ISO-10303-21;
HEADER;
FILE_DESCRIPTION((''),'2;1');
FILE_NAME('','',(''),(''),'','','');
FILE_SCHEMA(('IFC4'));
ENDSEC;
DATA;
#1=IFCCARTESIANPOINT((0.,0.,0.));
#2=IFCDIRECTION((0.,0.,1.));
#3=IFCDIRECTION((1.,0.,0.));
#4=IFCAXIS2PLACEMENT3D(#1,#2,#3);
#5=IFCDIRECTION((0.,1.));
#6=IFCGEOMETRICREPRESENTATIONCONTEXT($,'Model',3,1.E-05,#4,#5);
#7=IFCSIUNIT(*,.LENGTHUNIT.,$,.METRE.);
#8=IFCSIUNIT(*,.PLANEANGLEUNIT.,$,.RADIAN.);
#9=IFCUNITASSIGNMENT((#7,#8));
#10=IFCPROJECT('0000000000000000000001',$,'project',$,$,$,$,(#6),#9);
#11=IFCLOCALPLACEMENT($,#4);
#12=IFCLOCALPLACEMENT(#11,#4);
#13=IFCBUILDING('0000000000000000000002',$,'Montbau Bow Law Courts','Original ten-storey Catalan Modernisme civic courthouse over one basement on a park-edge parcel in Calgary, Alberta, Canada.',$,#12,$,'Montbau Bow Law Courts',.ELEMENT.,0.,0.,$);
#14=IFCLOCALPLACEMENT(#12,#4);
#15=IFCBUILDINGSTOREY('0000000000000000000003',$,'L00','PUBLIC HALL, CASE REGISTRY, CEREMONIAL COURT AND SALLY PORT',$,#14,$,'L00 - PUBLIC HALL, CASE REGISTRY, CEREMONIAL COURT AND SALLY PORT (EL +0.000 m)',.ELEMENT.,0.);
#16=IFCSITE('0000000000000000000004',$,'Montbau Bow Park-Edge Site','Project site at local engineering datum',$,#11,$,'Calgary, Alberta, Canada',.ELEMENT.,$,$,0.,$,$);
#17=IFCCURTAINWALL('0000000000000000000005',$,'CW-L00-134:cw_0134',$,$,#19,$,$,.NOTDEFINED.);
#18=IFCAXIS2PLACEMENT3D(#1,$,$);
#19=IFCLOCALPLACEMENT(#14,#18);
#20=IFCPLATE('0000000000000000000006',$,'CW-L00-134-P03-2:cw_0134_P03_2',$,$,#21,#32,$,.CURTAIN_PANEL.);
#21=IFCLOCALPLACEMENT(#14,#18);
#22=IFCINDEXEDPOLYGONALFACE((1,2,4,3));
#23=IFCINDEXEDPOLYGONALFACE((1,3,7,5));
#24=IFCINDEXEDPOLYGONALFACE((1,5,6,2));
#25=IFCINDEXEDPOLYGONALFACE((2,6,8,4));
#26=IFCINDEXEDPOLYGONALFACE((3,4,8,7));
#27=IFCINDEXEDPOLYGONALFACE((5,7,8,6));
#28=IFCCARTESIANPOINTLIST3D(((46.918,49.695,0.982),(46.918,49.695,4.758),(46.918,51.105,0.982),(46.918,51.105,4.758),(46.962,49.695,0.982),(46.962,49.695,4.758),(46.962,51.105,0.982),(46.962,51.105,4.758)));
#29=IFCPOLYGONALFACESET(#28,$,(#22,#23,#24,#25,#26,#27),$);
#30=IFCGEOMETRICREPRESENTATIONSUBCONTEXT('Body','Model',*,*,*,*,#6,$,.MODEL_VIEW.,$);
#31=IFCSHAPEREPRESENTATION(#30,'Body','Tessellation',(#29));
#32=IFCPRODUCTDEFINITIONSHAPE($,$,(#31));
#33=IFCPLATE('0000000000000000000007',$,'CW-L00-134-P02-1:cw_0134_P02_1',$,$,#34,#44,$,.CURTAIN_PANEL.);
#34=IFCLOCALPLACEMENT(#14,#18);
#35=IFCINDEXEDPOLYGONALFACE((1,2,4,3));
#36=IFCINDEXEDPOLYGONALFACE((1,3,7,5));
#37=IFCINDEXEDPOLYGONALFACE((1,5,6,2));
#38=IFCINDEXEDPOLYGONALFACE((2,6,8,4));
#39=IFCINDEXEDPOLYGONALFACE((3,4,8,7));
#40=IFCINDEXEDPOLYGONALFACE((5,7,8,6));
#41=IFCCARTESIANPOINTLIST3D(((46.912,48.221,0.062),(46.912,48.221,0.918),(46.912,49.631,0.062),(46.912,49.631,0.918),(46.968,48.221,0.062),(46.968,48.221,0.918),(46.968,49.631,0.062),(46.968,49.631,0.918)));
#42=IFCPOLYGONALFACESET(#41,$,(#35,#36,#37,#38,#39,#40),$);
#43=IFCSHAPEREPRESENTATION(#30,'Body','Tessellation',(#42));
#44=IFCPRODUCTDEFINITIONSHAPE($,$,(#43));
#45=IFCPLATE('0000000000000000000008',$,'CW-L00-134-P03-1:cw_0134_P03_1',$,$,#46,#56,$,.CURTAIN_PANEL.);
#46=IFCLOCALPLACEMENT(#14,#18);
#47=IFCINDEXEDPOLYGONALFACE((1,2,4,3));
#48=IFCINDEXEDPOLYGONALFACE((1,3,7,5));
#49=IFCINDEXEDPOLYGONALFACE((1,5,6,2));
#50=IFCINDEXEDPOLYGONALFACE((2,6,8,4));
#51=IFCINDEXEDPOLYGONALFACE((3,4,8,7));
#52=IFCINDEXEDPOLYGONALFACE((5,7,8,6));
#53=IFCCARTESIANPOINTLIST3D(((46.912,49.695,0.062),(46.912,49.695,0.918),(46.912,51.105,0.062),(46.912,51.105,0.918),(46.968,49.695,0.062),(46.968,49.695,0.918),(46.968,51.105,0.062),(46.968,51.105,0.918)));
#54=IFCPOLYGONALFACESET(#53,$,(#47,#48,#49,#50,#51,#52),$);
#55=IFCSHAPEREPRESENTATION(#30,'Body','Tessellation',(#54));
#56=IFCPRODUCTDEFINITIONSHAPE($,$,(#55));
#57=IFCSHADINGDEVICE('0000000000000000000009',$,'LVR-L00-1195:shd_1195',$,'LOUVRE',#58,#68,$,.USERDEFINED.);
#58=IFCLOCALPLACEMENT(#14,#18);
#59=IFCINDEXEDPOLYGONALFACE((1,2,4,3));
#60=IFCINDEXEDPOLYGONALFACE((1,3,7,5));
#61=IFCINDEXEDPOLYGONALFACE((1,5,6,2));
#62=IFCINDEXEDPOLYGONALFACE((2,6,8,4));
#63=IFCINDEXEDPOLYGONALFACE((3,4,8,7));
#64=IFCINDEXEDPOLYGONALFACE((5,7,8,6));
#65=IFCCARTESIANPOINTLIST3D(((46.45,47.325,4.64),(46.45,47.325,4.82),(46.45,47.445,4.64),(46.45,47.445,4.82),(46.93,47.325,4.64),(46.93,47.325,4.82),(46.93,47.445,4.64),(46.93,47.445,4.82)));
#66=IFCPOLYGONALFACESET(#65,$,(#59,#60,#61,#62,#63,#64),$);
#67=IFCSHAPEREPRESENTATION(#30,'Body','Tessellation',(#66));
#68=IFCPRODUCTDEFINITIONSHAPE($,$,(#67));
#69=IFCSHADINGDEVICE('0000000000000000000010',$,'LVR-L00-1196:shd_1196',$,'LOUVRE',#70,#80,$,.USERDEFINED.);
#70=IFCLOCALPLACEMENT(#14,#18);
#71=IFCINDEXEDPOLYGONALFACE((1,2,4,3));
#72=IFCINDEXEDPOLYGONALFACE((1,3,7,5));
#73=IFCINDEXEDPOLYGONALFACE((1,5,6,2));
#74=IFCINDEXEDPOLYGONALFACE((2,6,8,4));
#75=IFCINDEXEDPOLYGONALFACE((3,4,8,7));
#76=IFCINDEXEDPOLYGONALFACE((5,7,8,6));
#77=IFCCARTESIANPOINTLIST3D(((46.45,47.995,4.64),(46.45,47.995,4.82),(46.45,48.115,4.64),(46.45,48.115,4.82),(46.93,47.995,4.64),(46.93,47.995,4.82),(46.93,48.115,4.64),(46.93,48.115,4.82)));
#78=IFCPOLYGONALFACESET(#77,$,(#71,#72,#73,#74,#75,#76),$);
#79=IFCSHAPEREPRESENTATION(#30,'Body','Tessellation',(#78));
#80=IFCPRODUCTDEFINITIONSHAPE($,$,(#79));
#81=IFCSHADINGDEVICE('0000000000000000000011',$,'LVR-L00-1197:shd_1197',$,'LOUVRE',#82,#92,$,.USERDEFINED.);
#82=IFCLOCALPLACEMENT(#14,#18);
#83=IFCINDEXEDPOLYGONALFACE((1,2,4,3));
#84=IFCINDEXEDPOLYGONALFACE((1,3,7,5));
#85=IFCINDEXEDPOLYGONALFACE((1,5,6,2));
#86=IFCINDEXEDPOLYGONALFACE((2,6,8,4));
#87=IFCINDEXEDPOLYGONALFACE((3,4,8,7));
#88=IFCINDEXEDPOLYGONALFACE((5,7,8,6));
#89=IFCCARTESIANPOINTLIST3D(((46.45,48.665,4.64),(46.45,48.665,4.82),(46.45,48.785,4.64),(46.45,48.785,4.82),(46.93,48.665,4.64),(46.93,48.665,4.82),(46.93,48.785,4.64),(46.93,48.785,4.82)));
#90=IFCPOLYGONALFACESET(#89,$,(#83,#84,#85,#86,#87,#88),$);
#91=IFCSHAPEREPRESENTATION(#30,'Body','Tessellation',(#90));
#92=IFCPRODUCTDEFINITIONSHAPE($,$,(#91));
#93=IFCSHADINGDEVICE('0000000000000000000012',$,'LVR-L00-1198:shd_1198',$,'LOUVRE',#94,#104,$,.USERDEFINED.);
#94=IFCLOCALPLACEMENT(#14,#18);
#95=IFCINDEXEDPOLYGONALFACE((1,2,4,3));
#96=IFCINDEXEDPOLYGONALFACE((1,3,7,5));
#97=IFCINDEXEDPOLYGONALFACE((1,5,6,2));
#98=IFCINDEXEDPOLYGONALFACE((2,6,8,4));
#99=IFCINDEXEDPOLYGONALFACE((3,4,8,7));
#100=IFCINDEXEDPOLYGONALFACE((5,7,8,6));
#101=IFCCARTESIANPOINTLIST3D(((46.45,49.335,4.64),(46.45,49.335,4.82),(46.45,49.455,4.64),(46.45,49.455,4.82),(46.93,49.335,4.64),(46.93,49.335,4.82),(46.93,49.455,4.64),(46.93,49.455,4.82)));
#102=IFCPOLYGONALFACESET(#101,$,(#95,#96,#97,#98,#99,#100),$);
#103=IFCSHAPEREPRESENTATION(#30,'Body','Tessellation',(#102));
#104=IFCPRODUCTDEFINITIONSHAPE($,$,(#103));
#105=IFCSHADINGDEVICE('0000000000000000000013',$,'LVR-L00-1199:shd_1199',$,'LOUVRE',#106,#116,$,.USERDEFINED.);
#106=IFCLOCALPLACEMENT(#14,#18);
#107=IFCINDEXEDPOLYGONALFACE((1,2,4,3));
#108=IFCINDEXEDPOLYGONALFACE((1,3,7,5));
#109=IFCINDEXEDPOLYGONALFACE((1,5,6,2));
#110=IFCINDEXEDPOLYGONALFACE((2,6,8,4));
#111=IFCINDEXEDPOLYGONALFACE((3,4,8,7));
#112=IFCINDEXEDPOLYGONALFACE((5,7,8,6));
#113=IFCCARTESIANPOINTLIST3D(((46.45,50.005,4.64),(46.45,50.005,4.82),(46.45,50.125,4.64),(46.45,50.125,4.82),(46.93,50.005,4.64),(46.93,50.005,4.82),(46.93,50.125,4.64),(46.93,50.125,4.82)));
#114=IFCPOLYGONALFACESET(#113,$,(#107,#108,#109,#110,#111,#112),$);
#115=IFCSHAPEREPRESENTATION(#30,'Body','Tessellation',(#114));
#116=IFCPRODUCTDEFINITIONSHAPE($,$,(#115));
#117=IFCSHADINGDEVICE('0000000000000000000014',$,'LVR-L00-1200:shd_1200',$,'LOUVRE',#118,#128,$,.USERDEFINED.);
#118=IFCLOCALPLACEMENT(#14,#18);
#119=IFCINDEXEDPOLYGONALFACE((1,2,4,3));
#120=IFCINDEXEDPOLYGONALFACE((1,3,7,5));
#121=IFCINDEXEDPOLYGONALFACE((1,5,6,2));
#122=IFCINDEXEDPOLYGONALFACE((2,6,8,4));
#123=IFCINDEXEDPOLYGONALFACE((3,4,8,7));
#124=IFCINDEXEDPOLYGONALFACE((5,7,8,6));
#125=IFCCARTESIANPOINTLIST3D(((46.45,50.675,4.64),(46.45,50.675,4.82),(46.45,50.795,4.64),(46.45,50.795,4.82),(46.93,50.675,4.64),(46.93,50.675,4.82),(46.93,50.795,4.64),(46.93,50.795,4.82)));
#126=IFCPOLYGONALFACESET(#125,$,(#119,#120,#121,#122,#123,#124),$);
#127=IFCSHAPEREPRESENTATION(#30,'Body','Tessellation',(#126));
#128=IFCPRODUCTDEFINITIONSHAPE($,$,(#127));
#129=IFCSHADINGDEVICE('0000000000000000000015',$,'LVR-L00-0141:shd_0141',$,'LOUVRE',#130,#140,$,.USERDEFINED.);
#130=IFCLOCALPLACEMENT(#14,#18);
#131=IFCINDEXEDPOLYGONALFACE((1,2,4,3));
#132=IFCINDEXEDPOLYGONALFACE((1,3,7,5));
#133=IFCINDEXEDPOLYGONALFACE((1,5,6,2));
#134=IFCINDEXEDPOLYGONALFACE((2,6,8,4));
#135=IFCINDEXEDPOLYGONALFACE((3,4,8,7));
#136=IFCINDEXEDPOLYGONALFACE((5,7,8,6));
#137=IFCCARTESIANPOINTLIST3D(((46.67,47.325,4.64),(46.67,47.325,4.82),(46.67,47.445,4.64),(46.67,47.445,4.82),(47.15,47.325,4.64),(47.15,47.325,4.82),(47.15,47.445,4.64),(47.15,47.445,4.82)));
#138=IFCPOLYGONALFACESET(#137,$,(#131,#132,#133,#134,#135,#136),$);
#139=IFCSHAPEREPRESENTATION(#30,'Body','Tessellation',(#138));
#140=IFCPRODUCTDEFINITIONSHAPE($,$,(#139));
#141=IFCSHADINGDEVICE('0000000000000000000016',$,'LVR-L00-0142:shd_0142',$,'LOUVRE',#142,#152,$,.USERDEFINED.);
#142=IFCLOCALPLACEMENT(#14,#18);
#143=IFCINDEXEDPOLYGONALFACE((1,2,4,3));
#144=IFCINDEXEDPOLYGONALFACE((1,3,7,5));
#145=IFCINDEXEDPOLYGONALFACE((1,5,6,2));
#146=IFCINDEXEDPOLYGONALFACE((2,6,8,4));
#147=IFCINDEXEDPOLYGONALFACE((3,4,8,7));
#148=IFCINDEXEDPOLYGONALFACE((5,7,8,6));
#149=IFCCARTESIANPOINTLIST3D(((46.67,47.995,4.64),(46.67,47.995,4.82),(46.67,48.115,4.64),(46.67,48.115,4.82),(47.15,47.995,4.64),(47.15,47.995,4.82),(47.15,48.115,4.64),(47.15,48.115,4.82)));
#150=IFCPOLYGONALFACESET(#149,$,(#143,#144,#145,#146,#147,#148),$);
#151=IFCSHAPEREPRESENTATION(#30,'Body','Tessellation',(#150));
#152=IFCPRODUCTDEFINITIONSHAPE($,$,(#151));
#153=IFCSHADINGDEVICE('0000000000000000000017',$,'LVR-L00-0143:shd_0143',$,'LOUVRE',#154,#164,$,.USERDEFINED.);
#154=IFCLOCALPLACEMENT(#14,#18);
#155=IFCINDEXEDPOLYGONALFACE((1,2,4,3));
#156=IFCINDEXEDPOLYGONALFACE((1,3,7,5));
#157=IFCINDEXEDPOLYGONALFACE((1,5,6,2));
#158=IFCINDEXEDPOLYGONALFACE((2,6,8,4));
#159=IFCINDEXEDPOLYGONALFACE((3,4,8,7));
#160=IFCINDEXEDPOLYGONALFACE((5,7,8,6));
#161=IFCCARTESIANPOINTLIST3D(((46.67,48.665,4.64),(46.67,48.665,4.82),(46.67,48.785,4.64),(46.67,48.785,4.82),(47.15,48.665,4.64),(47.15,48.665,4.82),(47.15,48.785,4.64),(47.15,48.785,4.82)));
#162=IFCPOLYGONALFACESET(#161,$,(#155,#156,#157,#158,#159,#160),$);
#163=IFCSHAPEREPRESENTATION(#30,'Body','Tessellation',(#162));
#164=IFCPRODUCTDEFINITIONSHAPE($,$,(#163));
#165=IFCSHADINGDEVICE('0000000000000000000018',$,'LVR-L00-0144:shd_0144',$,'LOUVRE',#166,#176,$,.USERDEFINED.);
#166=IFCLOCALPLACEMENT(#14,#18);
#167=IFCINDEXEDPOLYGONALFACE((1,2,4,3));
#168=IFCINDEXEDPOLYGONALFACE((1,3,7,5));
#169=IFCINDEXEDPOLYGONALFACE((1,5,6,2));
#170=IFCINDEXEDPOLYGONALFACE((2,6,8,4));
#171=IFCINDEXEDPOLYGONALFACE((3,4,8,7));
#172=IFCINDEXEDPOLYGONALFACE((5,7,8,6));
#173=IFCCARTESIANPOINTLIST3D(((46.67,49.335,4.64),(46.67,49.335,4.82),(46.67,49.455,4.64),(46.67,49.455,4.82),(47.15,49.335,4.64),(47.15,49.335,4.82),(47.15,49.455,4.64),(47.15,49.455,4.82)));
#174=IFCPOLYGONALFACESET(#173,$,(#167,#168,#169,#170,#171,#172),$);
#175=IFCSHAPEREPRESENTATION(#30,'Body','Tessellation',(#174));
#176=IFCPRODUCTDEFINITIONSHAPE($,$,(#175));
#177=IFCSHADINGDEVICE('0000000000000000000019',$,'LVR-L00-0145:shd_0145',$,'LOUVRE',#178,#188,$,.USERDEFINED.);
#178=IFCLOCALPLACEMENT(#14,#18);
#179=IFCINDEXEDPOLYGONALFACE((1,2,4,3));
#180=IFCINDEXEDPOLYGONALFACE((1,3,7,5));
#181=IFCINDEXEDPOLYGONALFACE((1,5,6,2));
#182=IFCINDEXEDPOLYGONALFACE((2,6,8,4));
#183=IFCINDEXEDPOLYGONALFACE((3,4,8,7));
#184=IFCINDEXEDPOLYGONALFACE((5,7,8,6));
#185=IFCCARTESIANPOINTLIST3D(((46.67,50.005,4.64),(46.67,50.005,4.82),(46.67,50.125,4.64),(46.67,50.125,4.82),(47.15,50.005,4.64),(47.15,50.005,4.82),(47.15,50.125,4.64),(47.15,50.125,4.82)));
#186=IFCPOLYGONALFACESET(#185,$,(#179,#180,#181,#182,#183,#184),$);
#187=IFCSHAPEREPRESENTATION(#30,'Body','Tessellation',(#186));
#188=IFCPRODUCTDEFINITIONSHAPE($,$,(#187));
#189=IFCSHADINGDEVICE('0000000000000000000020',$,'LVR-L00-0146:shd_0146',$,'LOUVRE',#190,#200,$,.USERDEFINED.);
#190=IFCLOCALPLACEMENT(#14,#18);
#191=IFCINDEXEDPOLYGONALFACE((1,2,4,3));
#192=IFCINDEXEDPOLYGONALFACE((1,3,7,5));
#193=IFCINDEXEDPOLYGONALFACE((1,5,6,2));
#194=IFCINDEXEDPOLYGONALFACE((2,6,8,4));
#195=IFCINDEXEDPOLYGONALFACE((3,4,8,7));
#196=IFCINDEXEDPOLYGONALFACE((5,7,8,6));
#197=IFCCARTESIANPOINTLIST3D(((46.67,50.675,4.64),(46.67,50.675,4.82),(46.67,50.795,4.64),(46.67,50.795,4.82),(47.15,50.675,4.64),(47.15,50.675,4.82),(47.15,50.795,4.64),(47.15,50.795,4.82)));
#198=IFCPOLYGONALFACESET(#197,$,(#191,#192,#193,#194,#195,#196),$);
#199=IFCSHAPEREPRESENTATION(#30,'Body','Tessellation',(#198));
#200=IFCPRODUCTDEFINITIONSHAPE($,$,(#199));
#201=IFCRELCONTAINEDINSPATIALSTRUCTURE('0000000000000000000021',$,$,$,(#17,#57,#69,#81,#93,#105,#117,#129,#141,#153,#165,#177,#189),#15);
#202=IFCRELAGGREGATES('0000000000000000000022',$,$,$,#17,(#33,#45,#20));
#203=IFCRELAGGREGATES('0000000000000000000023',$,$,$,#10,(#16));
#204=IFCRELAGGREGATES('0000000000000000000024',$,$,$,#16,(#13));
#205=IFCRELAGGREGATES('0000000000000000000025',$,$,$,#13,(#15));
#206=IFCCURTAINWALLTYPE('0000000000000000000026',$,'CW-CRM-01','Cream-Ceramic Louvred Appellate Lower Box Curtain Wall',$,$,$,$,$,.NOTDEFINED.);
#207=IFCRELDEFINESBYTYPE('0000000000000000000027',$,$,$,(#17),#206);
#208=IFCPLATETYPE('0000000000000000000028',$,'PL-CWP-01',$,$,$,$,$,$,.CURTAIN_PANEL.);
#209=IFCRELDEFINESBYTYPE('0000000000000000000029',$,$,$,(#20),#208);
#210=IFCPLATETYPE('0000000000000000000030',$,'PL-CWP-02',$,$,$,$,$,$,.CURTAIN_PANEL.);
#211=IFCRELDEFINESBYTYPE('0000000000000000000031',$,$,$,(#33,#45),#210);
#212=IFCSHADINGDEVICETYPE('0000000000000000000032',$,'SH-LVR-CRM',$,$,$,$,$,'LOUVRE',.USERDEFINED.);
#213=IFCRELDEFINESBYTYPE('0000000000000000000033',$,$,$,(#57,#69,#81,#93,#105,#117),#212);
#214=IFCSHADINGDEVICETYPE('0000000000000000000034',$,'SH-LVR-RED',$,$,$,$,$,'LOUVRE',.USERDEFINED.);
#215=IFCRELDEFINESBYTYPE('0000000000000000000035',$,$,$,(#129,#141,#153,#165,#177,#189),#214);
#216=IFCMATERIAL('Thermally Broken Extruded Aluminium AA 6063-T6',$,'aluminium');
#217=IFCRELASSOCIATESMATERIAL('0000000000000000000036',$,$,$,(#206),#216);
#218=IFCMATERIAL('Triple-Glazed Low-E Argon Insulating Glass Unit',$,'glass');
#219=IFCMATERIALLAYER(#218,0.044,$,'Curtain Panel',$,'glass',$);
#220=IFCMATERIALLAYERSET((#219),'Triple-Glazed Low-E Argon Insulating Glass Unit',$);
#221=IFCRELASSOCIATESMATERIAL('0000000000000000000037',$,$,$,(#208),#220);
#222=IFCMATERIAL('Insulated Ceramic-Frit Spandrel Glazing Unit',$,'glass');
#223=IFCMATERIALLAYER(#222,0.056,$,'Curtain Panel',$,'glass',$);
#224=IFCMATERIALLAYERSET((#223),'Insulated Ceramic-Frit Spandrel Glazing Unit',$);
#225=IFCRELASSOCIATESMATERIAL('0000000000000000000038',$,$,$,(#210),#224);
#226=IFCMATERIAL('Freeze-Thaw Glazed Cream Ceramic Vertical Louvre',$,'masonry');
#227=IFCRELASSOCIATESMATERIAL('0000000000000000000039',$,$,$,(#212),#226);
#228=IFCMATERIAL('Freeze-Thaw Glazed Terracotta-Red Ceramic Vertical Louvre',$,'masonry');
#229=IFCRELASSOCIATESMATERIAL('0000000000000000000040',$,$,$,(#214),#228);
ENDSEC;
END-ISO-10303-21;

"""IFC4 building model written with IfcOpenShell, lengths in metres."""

from ifc_helpers import new_model, si_unit, direction, frame, frame_2d, origin_with_axes, origin_2d_with_axis, place, context, subcontext, project, spatial, rectangle, extrude, material, layer, layer_set, type_object, element, aggregate, save


model = new_model("IFC4")

# Units and contexts
model_context = context("Model", 3, precision=1e-05, world=origin_with_axes(), true_north=direction((0.0, 1.0)))
body_context = subcontext(model_context, "Body", "Model", "MODEL_VIEW")
ifc_project = project(units=[si_unit("LENGTHUNIT", "METRE"), si_unit("PLANEANGLEUNIT", "RADIAN")], contexts=[model_context])

# Site, building, storey
site_placement = place(None, origin_with_axes())
site = spatial("IfcSite", under=ifc_project, at=site_placement, Name="Montbau Bow Park-Edge Site", Description="Project site at local engineering datum", LongName="Calgary, Alberta, Canada", CompositionType="ELEMENT", RefElevation=0.0)
building_placement = place(site_placement, origin_with_axes())
building = spatial("IfcBuilding", under=site, at=building_placement, Name="Montbau Bow Law Courts", Description="Original ten-storey Catalan Modernisme civic courthouse over one basement on a park-edge parcel in Calgary, Alberta, Canada.", LongName="Montbau Bow Law Courts", CompositionType="ELEMENT", ElevationOfRefHeight=0.0, ElevationOfTerrain=0.0)
storey_placement = place(building_placement, origin_with_axes())
storey = spatial("IfcBuildingStorey", under=building, at=storey_placement, Name="L00", Description="PUBLIC HALL, CASE REGISTRY, CEREMONIAL COURT AND SALLY PORT", LongName="L00 - PUBLIC HALL, CASE REGISTRY, CEREMONIAL COURT AND SALLY PORT (EL +0.000 m)", CompositionType="ELEMENT", Elevation=0.0)

# Curtain wall
ifc_material_1 = material(Name="Thermally Broken Extruded Aluminium AA 6063-T6", Category="aluminium")
curtain_wall_type_1 = type_object("IfcCurtainWallType", Name="CW-CRM-01", Description="Cream-Ceramic Louvred Appellate Lower Box Curtain Wall", PredefinedType="NOTDEFINED", material=ifc_material_1)
curtain_wall_1_placement = place(None, frame((46.94, 46.715, 0.0), z_axis=(0.0, 0.0, 1.0), x_axis=(1.0, 0.0, 0.0)))
curtain_wall_1 = element("IfcCurtainWall", 1, at=curtain_wall_1_placement, inside=storey, type_object=curtain_wall_type_1, Name="CW-L00-134:cw_0134", PredefinedType="NOTDEFINED")

# Shared definitions
ifc_material_2 = material(Name="Triple-Glazed Low-E Argon Insulating Glass Unit", Category="glass")
ifc_layer_1 = layer(ifc_material_2, 0.044, Name="Curtain Panel", Category="glass")
ifc_layer_set_1 = layer_set([ifc_layer_1], Name="Triple-Glazed Low-E Argon Insulating Glass Unit")
plate_type_1 = type_object("IfcPlateType", Name="PL-CWP-01", PredefinedType="CURTAIN_PANEL", material=ifc_layer_set_1)

# Plates
plate_1_placement = place(None, frame((46.94, 49.695, 0.982), z_axis=(1.0, 0.0, 0.0), x_axis=(0.0, 1.0, 0.0)))
plate_1 = element("IfcPlate", 2, at=plate_1_placement, type_object=plate_type_1, Name="CW-L00-134-P03-2:cw_0134_P03_2", PredefinedType="CURTAIN_PANEL", context=body_context, shape_type="SweptSolid", body=[
    extrude(rectangle(XDim=1.41, YDim=3.776, at=frame_2d((0.705, 1.888), x_axis=(1.0, 0.0))), frame((0.0, 0.0, -0.022), z_axis=(0.0, 0.0, 1.0), x_axis=(1.0, 0.0, 0.0)), (0.0, 0.0, 1.0), 0.044),
])
ifc_material_3 = material(Name="Insulated Ceramic-Frit Spandrel Glazing Unit", Category="glass")
ifc_layer_2 = layer(ifc_material_3, 0.056, Name="Curtain Panel", Category="glass")
ifc_layer_set_2 = layer_set([ifc_layer_2], Name="Insulated Ceramic-Frit Spandrel Glazing Unit")
plate_type_2 = type_object("IfcPlateType", Name="PL-CWP-02", PredefinedType="CURTAIN_PANEL", material=ifc_layer_set_2)
plate_2_placement = place(None, frame((46.94, 48.221, 0.062), z_axis=(1.0, 0.0, 0.0), x_axis=(0.0, 1.0, 0.0)))
plate_2 = element("IfcPlate", 3, at=plate_2_placement, type_object=plate_type_2, Name="CW-L00-134-P02-1:cw_0134_P02_1", PredefinedType="CURTAIN_PANEL", context=body_context, shape_type="SweptSolid", body=[
    extrude(rectangle(XDim=1.41, YDim=0.856, at=frame_2d((0.705, 0.428), x_axis=(1.0, 0.0))), frame((0.0, 0.0, -0.028), z_axis=(0.0, 0.0, 1.0), x_axis=(1.0, 0.0, 0.0)), (0.0, 0.0, 1.0), 0.056),
])
plate_3_placement = place(None, frame((46.94, 49.695, 0.062), z_axis=(1.0, 0.0, 0.0), x_axis=(0.0, 1.0, 0.0)))
plate_3 = element("IfcPlate", 4, at=plate_3_placement, type_object=plate_type_2, Name="CW-L00-134-P03-1:cw_0134_P03_1", PredefinedType="CURTAIN_PANEL", context=body_context, shape_type="SweptSolid", body=[
    extrude(rectangle(XDim=1.41, YDim=0.856, at=frame_2d((0.705, 0.428), x_axis=(1.0, 0.0))), frame((0.0, 0.0, -0.028), z_axis=(0.0, 0.0, 1.0), x_axis=(1.0, 0.0, 0.0)), (0.0, 0.0, 1.0), 0.056),
])
aggregate(curtain_wall_1, [plate_2, plate_3, plate_1])

# Shading devices
ifc_material_4 = material(Name="Freeze-Thaw Glazed Cream Ceramic Vertical Louvre", Category="masonry")
shading_device_type_1 = type_object("IfcShadingDeviceType", Name="SH-LVR-CRM", ElementType="LOUVRE", PredefinedType="USERDEFINED", material=ifc_material_4)
for number, where, z_axis, x_axis, name in (
    (5, (46.69, 47.385, 4.64), (0.0, 0.0, 1.0), (-1.0, 0.0, 0.0), "LVR-L00-1195:shd_1195"),
    (6, (46.69, 48.055, 4.64), (0.0, 0.0, 1.0), (-1.0, 0.0, 0.0), "LVR-L00-1196:shd_1196"),
    (7, (46.69, 48.725, 4.64), (0.0, 0.0, 1.0), (-1.0, 0.0, 0.0), "LVR-L00-1197:shd_1197"),
    (8, (46.69, 49.395, 4.64), (0.0, 0.0, 1.0), (-1.0, 0.0, 0.0), "LVR-L00-1198:shd_1198"),
    (9, (46.69, 50.065, 4.64), (0.0, 0.0, 1.0), (-1.0, 0.0, 0.0), "LVR-L00-1199:shd_1199"),
    (10, (46.69, 50.735, 4.64), (0.0, 0.0, 1.0), (-1.0, 0.0, 0.0), "LVR-L00-1200:shd_1200"),
):
    element("IfcShadingDevice", number, at=place(None, frame(where, z_axis=z_axis, x_axis=x_axis)), inside=storey, type_object=shading_device_type_1, Name=name, ObjectType="LOUVRE", PredefinedType="USERDEFINED", context=body_context, shape_type="SweptSolid", body=[
        extrude(rectangle(XDim=0.48, YDim=0.12, at=origin_2d_with_axis()), origin_with_axes(), (0.0, 0.0, 1.0), 0.18),
    ])
ifc_material_5 = material(Name="Freeze-Thaw Glazed Terracotta-Red Ceramic Vertical Louvre", Category="masonry")
shading_device_type_2 = type_object("IfcShadingDeviceType", Name="SH-LVR-RED", ElementType="LOUVRE", PredefinedType="USERDEFINED", material=ifc_material_5)
for number, where, z_axis, x_axis, name in (
    (11, (46.91, 47.385, 4.64), (0.0, 0.0, 1.0), (1.0, 0.0, 0.0), "LVR-L00-0141:shd_0141"),
    (12, (46.91, 48.055, 4.64), (0.0, 0.0, 1.0), (1.0, 0.0, 0.0), "LVR-L00-0142:shd_0142"),
    (13, (46.91, 48.725, 4.64), (0.0, 0.0, 1.0), (1.0, 0.0, 0.0), "LVR-L00-0143:shd_0143"),
    (14, (46.91, 49.395, 4.64), (0.0, 0.0, 1.0), (1.0, 0.0, 0.0), "LVR-L00-0144:shd_0144"),
    (15, (46.91, 50.065, 4.64), (0.0, 0.0, 1.0), (1.0, 0.0, 0.0), "LVR-L00-0145:shd_0145"),
    (16, (46.91, 50.735, 4.64), (0.0, 0.0, 1.0), (1.0, 0.0, 0.0), "LVR-L00-0146:shd_0146"),
):
    element("IfcShadingDevice", number, at=place(None, frame(where, z_axis=z_axis, x_axis=x_axis)), inside=storey, type_object=shading_device_type_2, Name=name, ObjectType="LOUVRE", PredefinedType="USERDEFINED", context=body_context, shape_type="SweptSolid", body=[
        extrude(rectangle(XDim=0.48, YDim=0.12, at=origin_2d_with_axis()), origin_with_axes(), (0.0, 0.0, 1.0), 0.18),
    ])

save(model, "model.ifc")
